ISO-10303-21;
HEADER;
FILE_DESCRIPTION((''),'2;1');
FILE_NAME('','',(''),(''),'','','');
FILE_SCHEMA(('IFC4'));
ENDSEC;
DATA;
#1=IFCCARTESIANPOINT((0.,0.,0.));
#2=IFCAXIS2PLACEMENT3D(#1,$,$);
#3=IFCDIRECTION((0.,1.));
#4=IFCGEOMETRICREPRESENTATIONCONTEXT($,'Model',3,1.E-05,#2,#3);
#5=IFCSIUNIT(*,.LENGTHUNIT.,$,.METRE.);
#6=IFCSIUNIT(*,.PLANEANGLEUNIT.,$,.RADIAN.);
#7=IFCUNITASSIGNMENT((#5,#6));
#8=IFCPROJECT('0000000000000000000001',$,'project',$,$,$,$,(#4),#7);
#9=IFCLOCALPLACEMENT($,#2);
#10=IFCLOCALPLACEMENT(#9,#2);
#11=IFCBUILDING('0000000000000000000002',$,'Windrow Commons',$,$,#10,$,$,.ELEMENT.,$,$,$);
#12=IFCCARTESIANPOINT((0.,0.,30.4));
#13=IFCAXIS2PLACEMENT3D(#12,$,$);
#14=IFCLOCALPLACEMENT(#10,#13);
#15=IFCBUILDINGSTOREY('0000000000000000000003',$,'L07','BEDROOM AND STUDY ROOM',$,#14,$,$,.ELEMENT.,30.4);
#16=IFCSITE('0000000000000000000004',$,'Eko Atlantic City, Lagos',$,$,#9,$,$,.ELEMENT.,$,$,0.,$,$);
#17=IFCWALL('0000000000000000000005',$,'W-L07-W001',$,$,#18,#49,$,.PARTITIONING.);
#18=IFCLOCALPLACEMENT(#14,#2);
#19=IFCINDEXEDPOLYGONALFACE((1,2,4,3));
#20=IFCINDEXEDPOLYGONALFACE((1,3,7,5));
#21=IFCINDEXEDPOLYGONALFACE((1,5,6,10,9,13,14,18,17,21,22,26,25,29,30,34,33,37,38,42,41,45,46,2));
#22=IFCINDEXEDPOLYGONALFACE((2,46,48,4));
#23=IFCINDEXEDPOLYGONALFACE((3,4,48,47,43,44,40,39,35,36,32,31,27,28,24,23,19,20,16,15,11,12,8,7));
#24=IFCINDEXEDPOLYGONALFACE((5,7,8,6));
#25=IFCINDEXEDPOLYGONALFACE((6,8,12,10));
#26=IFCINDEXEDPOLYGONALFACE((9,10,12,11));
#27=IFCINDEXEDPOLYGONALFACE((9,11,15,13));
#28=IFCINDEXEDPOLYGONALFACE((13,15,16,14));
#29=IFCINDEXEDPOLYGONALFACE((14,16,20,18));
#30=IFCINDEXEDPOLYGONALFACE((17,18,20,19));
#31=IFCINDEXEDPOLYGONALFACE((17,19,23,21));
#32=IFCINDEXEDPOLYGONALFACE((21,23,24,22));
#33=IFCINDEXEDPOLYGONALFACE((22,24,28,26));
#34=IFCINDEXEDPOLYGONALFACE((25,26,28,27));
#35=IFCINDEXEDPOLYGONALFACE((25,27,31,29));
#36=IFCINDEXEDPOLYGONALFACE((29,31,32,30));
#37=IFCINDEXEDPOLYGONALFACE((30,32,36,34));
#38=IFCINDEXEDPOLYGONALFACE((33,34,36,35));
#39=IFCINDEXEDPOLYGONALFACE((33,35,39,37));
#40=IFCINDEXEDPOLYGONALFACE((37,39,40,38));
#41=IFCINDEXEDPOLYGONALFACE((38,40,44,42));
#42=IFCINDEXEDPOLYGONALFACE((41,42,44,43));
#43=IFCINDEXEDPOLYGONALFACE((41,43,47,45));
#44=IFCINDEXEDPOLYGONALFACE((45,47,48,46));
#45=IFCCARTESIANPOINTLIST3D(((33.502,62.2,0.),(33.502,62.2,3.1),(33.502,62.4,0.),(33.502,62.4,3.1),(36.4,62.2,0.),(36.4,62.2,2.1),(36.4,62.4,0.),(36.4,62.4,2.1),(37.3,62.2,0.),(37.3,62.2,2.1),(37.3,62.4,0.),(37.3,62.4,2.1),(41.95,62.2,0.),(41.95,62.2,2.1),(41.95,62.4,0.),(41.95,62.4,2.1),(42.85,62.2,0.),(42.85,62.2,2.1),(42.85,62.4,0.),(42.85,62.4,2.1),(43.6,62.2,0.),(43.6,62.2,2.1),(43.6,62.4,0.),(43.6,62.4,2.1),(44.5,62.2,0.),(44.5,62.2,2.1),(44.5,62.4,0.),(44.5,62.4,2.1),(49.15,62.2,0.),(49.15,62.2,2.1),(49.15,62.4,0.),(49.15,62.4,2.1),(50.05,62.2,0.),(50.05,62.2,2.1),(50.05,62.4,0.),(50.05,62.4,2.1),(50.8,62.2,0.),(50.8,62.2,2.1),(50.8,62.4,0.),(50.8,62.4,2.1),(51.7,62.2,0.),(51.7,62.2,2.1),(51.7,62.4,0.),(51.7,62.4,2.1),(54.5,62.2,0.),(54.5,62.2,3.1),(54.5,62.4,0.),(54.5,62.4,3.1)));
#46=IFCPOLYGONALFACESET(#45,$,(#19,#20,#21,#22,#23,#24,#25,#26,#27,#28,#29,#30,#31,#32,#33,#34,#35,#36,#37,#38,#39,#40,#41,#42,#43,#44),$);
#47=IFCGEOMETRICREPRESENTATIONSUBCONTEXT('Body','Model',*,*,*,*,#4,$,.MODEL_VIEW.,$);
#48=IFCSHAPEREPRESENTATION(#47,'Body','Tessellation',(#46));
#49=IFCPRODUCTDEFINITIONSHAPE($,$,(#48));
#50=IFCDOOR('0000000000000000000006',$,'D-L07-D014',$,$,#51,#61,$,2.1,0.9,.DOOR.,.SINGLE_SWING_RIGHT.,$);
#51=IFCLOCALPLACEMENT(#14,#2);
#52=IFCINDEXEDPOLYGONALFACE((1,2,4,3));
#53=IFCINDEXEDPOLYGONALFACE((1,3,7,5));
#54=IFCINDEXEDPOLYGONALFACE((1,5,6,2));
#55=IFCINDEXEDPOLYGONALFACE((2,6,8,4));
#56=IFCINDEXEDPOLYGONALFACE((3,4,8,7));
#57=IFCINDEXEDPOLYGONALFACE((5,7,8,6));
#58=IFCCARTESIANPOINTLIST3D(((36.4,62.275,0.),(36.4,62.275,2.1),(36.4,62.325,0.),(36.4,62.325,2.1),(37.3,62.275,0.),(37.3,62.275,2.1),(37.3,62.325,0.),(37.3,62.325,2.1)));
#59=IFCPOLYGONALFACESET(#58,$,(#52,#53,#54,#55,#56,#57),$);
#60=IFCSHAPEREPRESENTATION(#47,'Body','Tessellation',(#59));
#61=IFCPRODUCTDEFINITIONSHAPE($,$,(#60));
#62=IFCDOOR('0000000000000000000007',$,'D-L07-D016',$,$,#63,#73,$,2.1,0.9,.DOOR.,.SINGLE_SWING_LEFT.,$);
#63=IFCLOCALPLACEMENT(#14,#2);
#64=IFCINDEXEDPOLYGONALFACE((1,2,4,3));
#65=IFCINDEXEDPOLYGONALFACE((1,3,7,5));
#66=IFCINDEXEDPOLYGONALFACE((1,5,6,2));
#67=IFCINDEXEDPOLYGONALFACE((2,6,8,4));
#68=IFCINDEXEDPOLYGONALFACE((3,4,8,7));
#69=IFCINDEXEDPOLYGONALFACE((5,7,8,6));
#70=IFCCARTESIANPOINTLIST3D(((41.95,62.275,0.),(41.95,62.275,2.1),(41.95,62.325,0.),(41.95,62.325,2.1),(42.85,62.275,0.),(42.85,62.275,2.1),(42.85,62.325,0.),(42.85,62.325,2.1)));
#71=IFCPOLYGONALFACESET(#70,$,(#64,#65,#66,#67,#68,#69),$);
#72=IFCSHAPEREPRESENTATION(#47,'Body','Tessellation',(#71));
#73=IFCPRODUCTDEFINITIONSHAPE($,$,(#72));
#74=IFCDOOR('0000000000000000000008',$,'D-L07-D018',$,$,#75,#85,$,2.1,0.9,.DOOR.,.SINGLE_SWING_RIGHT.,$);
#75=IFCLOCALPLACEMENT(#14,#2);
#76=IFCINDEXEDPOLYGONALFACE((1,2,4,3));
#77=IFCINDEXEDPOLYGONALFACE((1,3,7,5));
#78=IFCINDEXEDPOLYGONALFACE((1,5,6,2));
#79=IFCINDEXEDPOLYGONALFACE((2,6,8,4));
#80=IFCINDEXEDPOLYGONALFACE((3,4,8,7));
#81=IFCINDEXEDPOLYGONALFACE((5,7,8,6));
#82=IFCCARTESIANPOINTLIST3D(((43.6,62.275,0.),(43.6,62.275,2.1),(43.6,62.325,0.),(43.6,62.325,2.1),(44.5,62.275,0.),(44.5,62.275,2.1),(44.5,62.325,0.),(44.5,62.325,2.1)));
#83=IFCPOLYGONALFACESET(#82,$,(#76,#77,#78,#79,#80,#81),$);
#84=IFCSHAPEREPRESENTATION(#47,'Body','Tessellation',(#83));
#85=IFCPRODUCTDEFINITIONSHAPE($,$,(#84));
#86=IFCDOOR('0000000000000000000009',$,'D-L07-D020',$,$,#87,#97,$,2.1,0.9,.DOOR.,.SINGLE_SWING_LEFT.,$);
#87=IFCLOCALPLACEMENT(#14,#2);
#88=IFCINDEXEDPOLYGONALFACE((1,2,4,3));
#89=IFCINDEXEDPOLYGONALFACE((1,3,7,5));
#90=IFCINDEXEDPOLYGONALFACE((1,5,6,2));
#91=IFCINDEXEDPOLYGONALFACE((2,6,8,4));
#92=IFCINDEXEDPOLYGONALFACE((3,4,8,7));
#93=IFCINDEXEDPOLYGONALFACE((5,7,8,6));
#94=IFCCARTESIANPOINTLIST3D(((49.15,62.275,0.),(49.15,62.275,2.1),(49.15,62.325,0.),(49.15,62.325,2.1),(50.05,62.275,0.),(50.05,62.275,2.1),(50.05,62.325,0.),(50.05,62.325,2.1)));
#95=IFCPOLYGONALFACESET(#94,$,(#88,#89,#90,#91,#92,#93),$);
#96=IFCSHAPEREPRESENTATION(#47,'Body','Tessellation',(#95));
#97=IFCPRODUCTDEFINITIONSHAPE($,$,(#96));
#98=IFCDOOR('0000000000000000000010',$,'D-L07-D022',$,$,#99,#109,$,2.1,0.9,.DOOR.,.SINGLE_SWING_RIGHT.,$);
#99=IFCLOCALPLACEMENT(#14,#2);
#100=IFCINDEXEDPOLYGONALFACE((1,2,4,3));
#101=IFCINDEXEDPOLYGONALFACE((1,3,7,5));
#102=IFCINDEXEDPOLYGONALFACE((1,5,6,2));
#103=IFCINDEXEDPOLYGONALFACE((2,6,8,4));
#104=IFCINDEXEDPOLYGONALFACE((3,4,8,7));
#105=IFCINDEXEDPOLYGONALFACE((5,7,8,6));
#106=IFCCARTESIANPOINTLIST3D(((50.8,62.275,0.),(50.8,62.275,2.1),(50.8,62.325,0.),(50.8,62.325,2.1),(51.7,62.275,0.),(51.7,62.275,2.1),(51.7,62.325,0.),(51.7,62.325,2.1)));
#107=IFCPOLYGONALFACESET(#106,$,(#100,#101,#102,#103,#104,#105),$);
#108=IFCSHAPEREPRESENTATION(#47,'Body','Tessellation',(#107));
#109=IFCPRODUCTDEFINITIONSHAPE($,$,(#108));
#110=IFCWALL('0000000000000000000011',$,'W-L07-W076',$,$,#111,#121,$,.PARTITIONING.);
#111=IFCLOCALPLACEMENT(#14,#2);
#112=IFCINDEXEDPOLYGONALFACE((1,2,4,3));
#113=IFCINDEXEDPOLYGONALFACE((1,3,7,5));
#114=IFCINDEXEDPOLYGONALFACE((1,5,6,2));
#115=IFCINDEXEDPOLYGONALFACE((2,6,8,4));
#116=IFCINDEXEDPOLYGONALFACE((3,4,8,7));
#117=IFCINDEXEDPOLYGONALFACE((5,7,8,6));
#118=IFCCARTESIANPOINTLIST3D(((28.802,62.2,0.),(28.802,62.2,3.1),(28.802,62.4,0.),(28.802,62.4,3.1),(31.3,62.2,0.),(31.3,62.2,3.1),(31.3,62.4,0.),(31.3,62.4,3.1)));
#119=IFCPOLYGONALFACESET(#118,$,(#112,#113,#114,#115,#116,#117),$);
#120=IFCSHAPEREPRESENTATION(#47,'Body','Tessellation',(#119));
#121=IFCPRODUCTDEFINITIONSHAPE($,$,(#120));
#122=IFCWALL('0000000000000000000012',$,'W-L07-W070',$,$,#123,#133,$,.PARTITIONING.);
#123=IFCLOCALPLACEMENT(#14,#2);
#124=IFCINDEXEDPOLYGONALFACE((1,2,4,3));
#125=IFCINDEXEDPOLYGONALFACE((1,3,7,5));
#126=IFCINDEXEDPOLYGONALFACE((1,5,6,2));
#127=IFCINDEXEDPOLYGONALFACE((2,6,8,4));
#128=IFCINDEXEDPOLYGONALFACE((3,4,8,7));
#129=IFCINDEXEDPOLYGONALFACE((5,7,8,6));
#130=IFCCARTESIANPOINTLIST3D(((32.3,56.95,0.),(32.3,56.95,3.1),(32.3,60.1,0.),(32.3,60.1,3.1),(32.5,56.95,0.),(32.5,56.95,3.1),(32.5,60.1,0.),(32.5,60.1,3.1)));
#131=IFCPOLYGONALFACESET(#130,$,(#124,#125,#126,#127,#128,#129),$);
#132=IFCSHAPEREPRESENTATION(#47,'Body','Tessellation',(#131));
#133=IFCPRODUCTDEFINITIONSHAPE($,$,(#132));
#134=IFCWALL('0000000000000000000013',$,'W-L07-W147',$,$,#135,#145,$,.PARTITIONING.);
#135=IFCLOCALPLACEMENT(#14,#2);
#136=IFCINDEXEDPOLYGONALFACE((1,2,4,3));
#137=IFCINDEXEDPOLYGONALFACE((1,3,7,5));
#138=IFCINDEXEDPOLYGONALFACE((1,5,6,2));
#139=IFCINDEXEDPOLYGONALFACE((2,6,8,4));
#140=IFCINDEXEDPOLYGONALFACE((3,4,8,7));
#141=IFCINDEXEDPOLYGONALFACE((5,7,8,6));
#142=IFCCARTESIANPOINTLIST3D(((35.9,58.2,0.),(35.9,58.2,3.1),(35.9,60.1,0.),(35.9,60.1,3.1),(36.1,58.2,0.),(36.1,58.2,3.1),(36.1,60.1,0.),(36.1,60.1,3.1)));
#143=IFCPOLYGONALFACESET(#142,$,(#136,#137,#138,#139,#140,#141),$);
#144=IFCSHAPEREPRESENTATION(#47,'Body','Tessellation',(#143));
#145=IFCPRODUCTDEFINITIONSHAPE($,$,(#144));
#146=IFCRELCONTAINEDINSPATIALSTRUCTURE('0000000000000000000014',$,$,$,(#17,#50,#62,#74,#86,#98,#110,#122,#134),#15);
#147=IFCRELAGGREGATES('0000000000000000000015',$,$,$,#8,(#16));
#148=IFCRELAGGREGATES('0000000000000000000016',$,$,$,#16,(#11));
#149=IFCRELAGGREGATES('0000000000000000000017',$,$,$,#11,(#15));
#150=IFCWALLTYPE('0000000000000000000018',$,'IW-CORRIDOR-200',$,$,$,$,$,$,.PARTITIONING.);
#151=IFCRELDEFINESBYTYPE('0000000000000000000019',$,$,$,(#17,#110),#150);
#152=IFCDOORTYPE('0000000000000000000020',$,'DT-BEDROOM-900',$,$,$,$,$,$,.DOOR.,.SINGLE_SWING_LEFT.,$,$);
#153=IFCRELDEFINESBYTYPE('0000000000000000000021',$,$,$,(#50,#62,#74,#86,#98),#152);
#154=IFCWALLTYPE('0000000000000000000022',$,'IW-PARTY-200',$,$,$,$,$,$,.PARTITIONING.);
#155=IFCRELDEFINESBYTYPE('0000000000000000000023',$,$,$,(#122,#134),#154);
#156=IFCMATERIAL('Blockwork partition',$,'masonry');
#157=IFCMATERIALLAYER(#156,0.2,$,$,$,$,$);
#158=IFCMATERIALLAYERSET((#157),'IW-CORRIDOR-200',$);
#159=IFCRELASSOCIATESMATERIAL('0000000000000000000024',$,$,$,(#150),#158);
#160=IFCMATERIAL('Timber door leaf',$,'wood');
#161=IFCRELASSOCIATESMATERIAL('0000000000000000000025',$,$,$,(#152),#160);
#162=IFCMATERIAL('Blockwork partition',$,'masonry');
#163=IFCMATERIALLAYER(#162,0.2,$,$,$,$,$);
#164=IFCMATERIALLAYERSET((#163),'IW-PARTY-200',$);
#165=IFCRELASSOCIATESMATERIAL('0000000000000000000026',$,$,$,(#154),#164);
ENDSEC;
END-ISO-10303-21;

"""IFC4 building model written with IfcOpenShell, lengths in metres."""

from ifc_helpers import new_model, si_unit, direction, frame, frame_2d, origin, place, context, subcontext, project, spatial, rectangle, extrude, material, layer, layer_set, type_object, element, fill, save


model = new_model("IFC4")

# Units and contexts
model_context = context("Model", 3, precision=1e-05, world=origin(), true_north=direction((0.0, 1.0)))
body_context = subcontext(model_context, "Body", "Model", "MODEL_VIEW")
ifc_project = project(units=[si_unit("LENGTHUNIT", "METRE"), si_unit("PLANEANGLEUNIT", "RADIAN")], contexts=[model_context])

# Site, building, storey
site_placement = place(None, origin())
site = spatial("IfcSite", under=ifc_project, at=site_placement, Name="Eko Atlantic City, Lagos", CompositionType="ELEMENT", RefElevation=0.0)
building_placement = place(site_placement, origin())
building = spatial("IfcBuilding", under=site, at=building_placement, Name="Windrow Commons", CompositionType="ELEMENT")
storey_placement = place(building_placement, frame((0.0, 0.0, 30.4)))
storey = spatial("IfcBuildingStorey", under=building, at=storey_placement, Name="L07", Description="BEDROOM AND STUDY ROOM", CompositionType="ELEMENT", Elevation=30.4)

# Wall, openings, doors
ifc_material_1 = material(Name="Blockwork partition", Category="masonry")
ifc_layer_1 = layer(ifc_material_1, 0.2)
ifc_layer_set_1 = layer_set([ifc_layer_1], Name="IW-CORRIDOR-200")
wall_type_1 = type_object("IfcWallType", Name="IW-CORRIDOR-200", PredefinedType="PARTITIONING", material=ifc_layer_set_1)
wall_1_placement = place(storey_placement, frame((33.502, 62.3, 0.0), z_axis=(0.0, 0.0, 1.0), x_axis=(1.0, 0.0, 0.0)))
wall_1 = element("IfcWall", 1, at=wall_1_placement, inside=storey, type_object=wall_type_1, Name="W-L07-W001", PredefinedType="PARTITIONING", context=body_context, shape_type="SweptSolid", body=[
    extrude(rectangle(XDim=20.998, YDim=0.2, at=frame_2d((10.499, 0.0))), origin(), (0.0, 0.0, 1.0), 3.1),
])
opening_1_placement = place(wall_1_placement, frame((2.898, 0.0, 0.0)))
opening_1 = element("IfcOpeningElement", 2, at=opening_1_placement, cuts=wall_1, PredefinedType="OPENING", context=body_context, shape_type="SweptSolid", body=[
    extrude(rectangle(XDim=0.9, YDim=2.1, at=frame_2d((0.45, 1.05))), frame((0.0, 0.11, 0.0), z_axis=(0.0, -1.0, 0.0), x_axis=(1.0, 0.0, 0.0)), (0.0, 0.0, 1.0), 0.22),
])
opening_2_placement = place(wall_1_placement, frame((8.448, 0.0, 0.0)))
opening_2 = element("IfcOpeningElement", 3, at=opening_2_placement, cuts=wall_1, PredefinedType="OPENING", context=body_context, shape_type="SweptSolid", body=[
    extrude(rectangle(XDim=0.9, YDim=2.1, at=frame_2d((0.45, 1.05))), frame((0.0, 0.11, 0.0), z_axis=(0.0, -1.0, 0.0), x_axis=(1.0, 0.0, 0.0)), (0.0, 0.0, 1.0), 0.22),
])
opening_3_placement = place(wall_1_placement, frame((10.098, 0.0, 0.0)))
opening_3 = element("IfcOpeningElement", 4, at=opening_3_placement, cuts=wall_1, PredefinedType="OPENING", context=body_context, shape_type="SweptSolid", body=[
    extrude(rectangle(XDim=0.9, YDim=2.1, at=frame_2d((0.45, 1.05))), frame((0.0, 0.11, 0.0), z_axis=(0.0, -1.0, 0.0), x_axis=(1.0, 0.0, 0.0)), (0.0, 0.0, 1.0), 0.22),
])
opening_4_placement = place(wall_1_placement, frame((15.648, 0.0, 0.0)))
opening_4 = element("IfcOpeningElement", 5, at=opening_4_placement, cuts=wall_1, PredefinedType="OPENING", context=body_context, shape_type="SweptSolid", body=[
    extrude(rectangle(XDim=0.9, YDim=2.1, at=frame_2d((0.45, 1.05))), frame((0.0, 0.11, 0.0), z_axis=(0.0, -1.0, 0.0), x_axis=(1.0, 0.0, 0.0)), (0.0, 0.0, 1.0), 0.22),
])
opening_5_placement = place(wall_1_placement, frame((17.298, 0.0, 0.0)))
opening_5 = element("IfcOpeningElement", 6, at=opening_5_placement, cuts=wall_1, PredefinedType="OPENING", context=body_context, shape_type="SweptSolid", body=[
    extrude(rectangle(XDim=0.9, YDim=2.1, at=frame_2d((0.45, 1.05))), frame((0.0, 0.11, 0.0), z_axis=(0.0, -1.0, 0.0), x_axis=(1.0, 0.0, 0.0)), (0.0, 0.0, 1.0), 0.22),
])
ifc_material_2 = material(Name="Timber door leaf", Category="wood")
door_type = type_object("IfcDoorType", Name="DT-BEDROOM-900", OperationType="SINGLE_SWING_LEFT", PredefinedType="DOOR", material=ifc_material_2)
door_1_placement = place(opening_1_placement, origin())
door_1 = element("IfcDoor", 7, at=door_1_placement, inside=storey, type_object=door_type, Name="D-L07-D014", OperationType="SINGLE_SWING_RIGHT", OverallHeight=2.1, OverallWidth=0.9, PredefinedType="DOOR", context=body_context, shape_type="SweptSolid", body=[
    extrude(rectangle(XDim=0.9, YDim=2.1, at=frame_2d((0.45, 1.05))), frame((0.0, 0.025, 0.0), z_axis=(0.0, -1.0, 0.0), x_axis=(1.0, 0.0, 0.0)), (0.0, 0.0, 1.0), 0.05),
])
fill(opening_1, door_1)
door_2_placement = place(opening_2_placement, origin())
door_2 = element("IfcDoor", 8, at=door_2_placement, inside=storey, type_object=door_type, Name="D-L07-D016", OperationType="SINGLE_SWING_LEFT", OverallHeight=2.1, OverallWidth=0.9, PredefinedType="DOOR", context=body_context, shape_type="SweptSolid", body=[
    extrude(rectangle(XDim=0.9, YDim=2.1, at=frame_2d((0.45, 1.05))), frame((0.0, 0.025, 0.0), z_axis=(0.0, -1.0, 0.0), x_axis=(1.0, 0.0, 0.0)), (0.0, 0.0, 1.0), 0.05),
])
fill(opening_2, door_2)
door_3_placement = place(opening_3_placement, origin())
door_3 = element("IfcDoor", 9, at=door_3_placement, inside=storey, type_object=door_type, Name="D-L07-D018", OperationType="SINGLE_SWING_RIGHT", OverallHeight=2.1, OverallWidth=0.9, PredefinedType="DOOR", context=body_context, shape_type="SweptSolid", body=[
    extrude(rectangle(XDim=0.9, YDim=2.1, at=frame_2d((0.45, 1.05))), frame((0.0, 0.025, 0.0), z_axis=(0.0, -1.0, 0.0), x_axis=(1.0, 0.0, 0.0)), (0.0, 0.0, 1.0), 0.05),
])
fill(opening_3, door_3)
door_4_placement = place(opening_4_placement, origin())
door_4 = element("IfcDoor", 10, at=door_4_placement, inside=storey, type_object=door_type, Name="D-L07-D020", OperationType="SINGLE_SWING_LEFT", OverallHeight=2.1, OverallWidth=0.9, PredefinedType="DOOR", context=body_context, shape_type="SweptSolid", body=[
    extrude(rectangle(XDim=0.9, YDim=2.1, at=frame_2d((0.45, 1.05))), frame((0.0, 0.025, 0.0), z_axis=(0.0, -1.0, 0.0), x_axis=(1.0, 0.0, 0.0)), (0.0, 0.0, 1.0), 0.05),
])
fill(opening_4, door_4)
door_5_placement = place(opening_5_placement, origin())
door_5 = element("IfcDoor", 11, at=door_5_placement, inside=storey, type_object=door_type, Name="D-L07-D022", OperationType="SINGLE_SWING_RIGHT", OverallHeight=2.1, OverallWidth=0.9, PredefinedType="DOOR", context=body_context, shape_type="SweptSolid", body=[
    extrude(rectangle(XDim=0.9, YDim=2.1, at=frame_2d((0.45, 1.05))), frame((0.0, 0.025, 0.0), z_axis=(0.0, -1.0, 0.0), x_axis=(1.0, 0.0, 0.0)), (0.0, 0.0, 1.0), 0.05),
])
fill(opening_5, door_5)

# Walls
wall_2_placement = place(storey_placement, frame((28.802, 62.3, 0.0), z_axis=(0.0, 0.0, 1.0), x_axis=(1.0, 0.0, 0.0)))
element("IfcWall", 12, at=wall_2_placement, inside=storey, type_object=wall_type_1, Name="W-L07-W076", PredefinedType="PARTITIONING", context=body_context, shape_type="SweptSolid", body=[
    extrude(rectangle(XDim=2.498, YDim=0.2, at=frame_2d((1.249, 0.0))), origin(), (0.0, 0.0, 1.0), 3.1),
])
ifc_material_3 = material(Name="Blockwork partition", Category="masonry")
ifc_layer_2 = layer(ifc_material_3, 0.2)
ifc_layer_set_2 = layer_set([ifc_layer_2], Name="IW-PARTY-200")
wall_type_2 = type_object("IfcWallType", Name="IW-PARTY-200", PredefinedType="PARTITIONING", material=ifc_layer_set_2)
wall_3_placement = place(storey_placement, frame((32.4, 56.95, 0.0), z_axis=(0.0, 0.0, 1.0), x_axis=(0.0, 1.0, 0.0)))
element("IfcWall", 13, at=wall_3_placement, inside=storey, type_object=wall_type_2, Name="W-L07-W070", PredefinedType="PARTITIONING", context=body_context, shape_type="SweptSolid", body=[
    extrude(rectangle(XDim=3.15, YDim=0.2, at=frame_2d((1.575, 0.0))), origin(), (0.0, 0.0, 1.0), 3.1),
])
wall_4_placement = place(storey_placement, frame((36.0, 58.2, 0.0), z_axis=(0.0, 0.0, 1.0), x_axis=(0.0, 1.0, 0.0)))
element("IfcWall", 14, at=wall_4_placement, inside=storey, type_object=wall_type_2, Name="W-L07-W147", PredefinedType="PARTITIONING", context=body_context, shape_type="SweptSolid", body=[
    extrude(rectangle(XDim=1.9, YDim=0.2, at=frame_2d((0.95, 0.0))), origin(), (0.0, 0.0, 1.0), 3.1),
])

save(model, "model.ifc")
